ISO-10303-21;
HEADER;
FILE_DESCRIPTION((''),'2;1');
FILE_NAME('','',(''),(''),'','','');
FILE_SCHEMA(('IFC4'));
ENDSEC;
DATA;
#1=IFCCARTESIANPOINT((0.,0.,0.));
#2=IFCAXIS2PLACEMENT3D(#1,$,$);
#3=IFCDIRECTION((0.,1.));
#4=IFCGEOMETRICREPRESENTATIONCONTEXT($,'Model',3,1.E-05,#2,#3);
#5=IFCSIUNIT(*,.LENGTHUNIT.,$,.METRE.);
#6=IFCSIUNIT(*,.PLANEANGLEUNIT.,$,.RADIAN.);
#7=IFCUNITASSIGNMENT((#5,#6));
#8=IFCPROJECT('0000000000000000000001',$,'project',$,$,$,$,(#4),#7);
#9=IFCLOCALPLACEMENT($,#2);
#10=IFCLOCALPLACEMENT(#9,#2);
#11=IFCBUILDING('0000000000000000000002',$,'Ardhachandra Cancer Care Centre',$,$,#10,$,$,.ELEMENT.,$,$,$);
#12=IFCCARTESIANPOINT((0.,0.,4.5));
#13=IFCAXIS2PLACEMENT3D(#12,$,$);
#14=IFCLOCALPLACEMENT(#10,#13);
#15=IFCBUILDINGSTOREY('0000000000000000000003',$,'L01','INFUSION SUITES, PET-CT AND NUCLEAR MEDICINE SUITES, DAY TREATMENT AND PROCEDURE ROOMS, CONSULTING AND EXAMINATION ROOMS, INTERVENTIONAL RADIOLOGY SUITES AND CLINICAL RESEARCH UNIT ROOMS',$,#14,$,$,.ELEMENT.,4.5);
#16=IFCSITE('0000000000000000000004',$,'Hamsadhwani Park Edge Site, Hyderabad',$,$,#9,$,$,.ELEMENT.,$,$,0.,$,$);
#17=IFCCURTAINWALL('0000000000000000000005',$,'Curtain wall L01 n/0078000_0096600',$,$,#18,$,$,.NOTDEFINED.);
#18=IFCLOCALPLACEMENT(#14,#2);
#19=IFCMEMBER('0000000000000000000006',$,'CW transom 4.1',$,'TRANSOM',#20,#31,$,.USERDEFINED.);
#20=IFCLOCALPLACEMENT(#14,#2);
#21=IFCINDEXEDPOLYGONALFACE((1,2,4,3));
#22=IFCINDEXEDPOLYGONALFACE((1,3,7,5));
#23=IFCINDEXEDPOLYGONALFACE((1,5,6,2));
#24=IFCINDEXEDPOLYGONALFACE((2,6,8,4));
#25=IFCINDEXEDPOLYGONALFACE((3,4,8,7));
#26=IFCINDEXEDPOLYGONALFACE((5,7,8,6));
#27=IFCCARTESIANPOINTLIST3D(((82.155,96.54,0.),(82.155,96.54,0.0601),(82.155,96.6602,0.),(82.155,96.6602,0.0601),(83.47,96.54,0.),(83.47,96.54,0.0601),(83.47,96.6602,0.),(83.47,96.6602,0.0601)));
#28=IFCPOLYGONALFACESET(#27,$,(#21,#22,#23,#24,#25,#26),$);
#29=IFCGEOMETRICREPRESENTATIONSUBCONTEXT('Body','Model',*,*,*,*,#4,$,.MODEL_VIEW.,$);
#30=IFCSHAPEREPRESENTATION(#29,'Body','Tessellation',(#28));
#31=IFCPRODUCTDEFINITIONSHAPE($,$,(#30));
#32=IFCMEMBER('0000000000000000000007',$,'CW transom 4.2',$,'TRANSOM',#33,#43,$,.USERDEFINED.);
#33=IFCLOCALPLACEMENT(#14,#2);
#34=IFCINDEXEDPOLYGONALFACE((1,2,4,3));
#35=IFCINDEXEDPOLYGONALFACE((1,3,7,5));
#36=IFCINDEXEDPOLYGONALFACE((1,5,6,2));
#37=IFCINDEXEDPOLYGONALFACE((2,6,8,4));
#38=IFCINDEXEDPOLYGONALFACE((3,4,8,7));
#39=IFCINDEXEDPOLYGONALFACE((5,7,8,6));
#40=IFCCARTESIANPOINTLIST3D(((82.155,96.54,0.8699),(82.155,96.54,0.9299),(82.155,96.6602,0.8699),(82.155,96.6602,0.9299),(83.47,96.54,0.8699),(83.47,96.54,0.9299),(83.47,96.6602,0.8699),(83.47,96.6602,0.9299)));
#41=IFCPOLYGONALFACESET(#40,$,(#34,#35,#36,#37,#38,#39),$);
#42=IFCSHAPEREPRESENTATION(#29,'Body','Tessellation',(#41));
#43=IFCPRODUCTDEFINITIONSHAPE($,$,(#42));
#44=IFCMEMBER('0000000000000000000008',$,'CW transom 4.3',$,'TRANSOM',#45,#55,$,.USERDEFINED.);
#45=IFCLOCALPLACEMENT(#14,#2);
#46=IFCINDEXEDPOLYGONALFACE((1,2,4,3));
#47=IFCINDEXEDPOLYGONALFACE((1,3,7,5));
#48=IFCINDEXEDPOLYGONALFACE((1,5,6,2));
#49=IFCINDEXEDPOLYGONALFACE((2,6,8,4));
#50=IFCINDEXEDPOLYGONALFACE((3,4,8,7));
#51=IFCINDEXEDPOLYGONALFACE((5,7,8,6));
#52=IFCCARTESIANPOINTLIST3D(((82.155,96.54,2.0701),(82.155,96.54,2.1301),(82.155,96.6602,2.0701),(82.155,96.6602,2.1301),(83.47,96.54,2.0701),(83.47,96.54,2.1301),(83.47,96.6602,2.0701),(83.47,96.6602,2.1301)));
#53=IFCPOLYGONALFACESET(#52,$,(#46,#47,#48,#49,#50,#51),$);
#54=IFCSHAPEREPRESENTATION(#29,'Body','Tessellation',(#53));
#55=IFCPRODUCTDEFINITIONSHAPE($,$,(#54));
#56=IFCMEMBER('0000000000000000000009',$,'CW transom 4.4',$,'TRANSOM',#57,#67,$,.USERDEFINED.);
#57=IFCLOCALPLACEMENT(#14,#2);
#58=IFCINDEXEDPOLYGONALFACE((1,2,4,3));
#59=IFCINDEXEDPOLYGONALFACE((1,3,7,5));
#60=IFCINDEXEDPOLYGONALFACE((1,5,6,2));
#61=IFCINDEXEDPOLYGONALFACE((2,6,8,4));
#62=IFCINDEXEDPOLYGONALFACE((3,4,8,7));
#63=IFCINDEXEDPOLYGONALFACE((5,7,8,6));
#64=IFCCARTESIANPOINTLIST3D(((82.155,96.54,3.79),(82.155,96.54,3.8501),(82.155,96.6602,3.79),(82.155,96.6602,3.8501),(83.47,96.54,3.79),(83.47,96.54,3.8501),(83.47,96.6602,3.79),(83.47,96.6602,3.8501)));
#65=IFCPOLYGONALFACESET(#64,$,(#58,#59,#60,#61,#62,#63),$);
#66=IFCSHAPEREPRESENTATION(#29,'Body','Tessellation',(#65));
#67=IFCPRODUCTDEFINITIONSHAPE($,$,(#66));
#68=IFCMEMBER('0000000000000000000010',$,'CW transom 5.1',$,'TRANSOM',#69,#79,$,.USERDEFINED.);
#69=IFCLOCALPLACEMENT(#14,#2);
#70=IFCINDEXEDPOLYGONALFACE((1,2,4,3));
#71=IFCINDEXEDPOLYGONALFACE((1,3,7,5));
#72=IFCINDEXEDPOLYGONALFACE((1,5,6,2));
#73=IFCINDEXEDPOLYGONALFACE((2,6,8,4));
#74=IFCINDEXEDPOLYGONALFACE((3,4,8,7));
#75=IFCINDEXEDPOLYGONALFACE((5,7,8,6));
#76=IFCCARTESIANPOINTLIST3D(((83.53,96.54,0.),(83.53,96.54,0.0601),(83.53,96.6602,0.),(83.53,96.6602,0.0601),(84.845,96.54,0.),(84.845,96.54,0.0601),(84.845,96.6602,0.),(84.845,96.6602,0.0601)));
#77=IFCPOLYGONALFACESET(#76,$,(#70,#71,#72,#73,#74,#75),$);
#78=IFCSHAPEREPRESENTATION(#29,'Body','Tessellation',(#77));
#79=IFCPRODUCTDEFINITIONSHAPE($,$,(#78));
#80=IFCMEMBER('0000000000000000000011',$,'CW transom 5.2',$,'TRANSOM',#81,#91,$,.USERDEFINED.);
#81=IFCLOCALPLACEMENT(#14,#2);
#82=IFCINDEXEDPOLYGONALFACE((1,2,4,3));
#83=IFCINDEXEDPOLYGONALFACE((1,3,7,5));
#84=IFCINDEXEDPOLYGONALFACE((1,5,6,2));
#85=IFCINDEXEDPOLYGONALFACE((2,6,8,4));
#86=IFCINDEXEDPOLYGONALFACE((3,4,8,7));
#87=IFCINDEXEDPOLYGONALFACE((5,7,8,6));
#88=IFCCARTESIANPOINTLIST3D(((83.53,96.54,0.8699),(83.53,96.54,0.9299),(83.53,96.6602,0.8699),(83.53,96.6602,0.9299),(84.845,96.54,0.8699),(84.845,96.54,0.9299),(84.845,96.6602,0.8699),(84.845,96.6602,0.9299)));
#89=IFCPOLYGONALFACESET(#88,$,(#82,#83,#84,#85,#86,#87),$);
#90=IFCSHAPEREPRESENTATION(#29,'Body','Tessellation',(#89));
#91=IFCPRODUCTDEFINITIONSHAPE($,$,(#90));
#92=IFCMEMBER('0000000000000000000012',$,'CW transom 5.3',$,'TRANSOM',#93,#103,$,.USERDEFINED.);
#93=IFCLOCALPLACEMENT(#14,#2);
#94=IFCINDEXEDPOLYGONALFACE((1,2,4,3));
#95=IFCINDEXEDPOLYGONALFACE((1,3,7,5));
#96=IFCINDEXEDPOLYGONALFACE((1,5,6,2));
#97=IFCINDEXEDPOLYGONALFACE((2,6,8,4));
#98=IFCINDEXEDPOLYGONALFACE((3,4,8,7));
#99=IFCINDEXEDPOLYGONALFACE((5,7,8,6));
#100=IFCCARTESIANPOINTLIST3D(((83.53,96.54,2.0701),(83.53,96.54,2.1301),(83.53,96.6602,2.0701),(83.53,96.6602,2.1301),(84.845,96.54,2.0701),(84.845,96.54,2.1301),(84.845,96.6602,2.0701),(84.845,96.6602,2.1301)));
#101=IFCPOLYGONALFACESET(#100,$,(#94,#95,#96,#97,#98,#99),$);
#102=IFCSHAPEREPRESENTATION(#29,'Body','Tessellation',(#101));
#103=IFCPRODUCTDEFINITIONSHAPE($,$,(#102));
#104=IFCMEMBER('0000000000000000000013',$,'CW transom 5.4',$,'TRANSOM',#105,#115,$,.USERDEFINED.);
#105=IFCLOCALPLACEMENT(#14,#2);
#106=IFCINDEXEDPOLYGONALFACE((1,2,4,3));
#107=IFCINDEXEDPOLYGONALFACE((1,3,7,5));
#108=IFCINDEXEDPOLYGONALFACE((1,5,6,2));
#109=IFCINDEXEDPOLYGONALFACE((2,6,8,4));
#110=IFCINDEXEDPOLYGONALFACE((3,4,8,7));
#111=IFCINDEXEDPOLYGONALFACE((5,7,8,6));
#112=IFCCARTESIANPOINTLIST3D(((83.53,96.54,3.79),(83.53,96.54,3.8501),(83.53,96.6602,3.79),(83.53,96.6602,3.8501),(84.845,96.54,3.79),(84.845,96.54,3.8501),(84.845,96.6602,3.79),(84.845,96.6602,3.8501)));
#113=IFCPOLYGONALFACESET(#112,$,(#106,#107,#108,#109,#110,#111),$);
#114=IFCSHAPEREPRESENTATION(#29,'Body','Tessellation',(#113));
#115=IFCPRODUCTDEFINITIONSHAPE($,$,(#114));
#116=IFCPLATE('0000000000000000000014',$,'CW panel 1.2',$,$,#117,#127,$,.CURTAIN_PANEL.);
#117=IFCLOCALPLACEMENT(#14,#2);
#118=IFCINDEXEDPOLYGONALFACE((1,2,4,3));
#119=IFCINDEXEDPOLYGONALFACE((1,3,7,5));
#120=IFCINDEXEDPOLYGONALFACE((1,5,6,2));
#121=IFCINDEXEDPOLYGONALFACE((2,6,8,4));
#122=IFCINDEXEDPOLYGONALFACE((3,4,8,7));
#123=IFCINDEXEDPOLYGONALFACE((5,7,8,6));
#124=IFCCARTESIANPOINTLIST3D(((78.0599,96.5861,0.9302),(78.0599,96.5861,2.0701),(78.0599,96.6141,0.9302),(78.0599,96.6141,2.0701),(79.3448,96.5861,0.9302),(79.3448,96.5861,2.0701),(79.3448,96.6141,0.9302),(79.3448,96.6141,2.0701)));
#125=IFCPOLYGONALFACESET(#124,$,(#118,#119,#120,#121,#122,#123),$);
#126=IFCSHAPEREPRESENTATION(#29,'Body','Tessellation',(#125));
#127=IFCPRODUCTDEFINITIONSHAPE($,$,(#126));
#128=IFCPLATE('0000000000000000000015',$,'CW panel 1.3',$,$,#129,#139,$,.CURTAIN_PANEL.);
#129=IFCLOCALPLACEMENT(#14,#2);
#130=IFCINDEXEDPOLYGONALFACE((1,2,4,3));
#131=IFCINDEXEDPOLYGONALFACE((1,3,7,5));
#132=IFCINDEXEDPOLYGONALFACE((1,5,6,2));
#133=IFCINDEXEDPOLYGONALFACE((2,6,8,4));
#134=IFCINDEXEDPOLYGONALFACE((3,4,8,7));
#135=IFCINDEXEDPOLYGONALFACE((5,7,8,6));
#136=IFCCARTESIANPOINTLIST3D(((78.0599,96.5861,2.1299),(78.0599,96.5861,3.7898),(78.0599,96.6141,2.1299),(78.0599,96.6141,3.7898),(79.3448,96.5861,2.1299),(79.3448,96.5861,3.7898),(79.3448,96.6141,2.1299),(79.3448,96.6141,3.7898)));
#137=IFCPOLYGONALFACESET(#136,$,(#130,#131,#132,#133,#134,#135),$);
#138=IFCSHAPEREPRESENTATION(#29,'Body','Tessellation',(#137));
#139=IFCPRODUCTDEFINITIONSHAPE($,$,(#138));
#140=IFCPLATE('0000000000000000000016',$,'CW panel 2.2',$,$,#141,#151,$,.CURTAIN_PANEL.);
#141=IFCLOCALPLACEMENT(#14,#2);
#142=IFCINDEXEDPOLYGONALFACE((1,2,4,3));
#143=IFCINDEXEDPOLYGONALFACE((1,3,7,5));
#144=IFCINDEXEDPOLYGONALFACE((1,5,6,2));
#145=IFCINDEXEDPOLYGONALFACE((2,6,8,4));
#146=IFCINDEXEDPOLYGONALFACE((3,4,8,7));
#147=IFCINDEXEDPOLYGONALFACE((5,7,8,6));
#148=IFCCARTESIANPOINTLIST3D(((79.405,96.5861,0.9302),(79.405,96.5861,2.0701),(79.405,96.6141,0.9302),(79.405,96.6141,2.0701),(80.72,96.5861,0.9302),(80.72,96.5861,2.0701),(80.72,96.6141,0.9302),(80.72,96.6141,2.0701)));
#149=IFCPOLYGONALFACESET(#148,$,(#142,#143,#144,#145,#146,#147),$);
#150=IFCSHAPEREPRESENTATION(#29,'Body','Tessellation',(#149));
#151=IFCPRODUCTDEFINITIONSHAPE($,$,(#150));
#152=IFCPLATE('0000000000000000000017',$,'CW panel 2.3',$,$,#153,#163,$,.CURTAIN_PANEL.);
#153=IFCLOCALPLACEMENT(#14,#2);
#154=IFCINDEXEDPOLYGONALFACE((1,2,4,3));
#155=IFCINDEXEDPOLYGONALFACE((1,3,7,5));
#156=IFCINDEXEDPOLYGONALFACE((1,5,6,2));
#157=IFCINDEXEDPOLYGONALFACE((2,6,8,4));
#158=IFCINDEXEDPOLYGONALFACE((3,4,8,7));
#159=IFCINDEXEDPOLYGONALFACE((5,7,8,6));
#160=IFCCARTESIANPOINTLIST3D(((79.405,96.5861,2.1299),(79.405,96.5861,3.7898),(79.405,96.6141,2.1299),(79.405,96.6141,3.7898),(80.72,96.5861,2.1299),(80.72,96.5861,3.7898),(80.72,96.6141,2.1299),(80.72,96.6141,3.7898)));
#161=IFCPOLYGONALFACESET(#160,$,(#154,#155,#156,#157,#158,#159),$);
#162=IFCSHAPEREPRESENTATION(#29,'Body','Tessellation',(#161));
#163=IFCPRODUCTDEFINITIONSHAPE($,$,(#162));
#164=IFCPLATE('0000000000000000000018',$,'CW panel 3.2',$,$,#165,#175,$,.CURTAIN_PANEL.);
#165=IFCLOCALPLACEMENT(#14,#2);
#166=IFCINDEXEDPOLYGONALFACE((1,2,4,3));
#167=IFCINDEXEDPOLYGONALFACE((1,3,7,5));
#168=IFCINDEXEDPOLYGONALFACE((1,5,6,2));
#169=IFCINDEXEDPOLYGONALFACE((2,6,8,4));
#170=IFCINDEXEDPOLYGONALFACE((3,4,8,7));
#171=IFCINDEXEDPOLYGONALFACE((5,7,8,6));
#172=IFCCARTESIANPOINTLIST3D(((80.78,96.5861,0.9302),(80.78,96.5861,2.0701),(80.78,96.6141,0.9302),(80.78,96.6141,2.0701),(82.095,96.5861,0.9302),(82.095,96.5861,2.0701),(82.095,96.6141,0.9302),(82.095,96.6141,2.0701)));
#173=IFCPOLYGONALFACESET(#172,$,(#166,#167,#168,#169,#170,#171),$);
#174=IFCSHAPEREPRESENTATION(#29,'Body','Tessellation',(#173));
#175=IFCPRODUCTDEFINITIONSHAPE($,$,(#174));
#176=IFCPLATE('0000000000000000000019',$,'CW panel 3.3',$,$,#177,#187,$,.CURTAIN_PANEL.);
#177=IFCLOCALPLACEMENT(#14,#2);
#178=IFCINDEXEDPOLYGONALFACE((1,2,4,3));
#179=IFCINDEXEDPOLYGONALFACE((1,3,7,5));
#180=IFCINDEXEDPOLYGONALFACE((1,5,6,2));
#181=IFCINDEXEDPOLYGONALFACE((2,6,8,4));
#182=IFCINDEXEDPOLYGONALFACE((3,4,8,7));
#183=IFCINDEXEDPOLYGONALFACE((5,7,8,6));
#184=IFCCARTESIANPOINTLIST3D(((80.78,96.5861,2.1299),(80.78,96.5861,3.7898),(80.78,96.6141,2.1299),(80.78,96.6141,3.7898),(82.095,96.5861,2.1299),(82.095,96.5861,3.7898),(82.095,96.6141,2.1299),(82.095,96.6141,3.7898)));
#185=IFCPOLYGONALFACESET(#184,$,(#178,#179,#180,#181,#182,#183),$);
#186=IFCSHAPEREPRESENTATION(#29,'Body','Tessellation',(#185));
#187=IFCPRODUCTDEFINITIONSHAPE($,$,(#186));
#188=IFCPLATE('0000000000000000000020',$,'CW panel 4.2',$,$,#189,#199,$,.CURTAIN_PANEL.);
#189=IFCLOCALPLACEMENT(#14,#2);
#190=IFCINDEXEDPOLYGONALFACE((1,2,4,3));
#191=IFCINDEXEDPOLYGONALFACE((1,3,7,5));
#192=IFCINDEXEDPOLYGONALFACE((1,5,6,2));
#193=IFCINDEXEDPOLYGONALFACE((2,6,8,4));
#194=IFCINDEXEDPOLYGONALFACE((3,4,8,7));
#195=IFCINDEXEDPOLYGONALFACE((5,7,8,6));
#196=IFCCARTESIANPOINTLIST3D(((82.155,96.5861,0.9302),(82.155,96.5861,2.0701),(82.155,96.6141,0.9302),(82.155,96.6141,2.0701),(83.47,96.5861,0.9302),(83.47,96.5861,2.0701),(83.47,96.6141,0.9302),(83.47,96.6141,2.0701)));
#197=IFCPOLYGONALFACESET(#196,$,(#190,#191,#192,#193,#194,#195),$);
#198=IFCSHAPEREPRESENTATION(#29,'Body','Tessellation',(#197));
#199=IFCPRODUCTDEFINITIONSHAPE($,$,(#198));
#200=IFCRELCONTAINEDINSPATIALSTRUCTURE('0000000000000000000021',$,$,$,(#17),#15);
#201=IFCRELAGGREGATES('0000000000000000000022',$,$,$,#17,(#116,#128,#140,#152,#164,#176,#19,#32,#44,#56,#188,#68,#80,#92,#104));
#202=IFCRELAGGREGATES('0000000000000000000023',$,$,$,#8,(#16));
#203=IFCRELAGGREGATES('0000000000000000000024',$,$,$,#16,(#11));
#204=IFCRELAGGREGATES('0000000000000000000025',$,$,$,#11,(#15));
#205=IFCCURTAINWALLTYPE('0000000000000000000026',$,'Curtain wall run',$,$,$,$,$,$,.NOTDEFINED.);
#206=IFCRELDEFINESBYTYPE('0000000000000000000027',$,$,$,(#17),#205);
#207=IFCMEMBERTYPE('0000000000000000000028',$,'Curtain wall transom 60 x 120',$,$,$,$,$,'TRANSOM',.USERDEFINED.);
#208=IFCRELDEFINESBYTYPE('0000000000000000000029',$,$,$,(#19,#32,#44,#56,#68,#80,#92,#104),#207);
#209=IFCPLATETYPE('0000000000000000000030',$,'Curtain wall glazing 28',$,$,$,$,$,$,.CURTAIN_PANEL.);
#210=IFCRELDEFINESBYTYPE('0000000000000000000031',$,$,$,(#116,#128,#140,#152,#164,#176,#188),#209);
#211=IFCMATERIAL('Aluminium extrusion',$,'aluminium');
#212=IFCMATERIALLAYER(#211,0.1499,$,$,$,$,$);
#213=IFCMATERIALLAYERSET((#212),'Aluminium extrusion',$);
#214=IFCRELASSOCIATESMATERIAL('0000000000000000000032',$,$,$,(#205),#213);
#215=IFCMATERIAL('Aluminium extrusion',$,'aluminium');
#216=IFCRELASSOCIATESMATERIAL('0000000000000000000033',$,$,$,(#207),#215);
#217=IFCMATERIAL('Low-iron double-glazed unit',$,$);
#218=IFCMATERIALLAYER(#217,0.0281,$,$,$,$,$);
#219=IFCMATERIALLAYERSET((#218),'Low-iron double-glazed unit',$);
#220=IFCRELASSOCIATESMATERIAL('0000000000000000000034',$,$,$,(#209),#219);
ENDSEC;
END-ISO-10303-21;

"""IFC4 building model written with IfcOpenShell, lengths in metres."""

from ifc_helpers import new_model, si_unit, direction, frame, origin, origin_2d, place, context, subcontext, project, spatial, rectangle, extrude, material, layer, layer_set, material_profile, profile_set, type_object, element, aggregate, save


model = new_model("IFC4")

# Units and contexts
model_context = context("Model", 3, precision=1e-05, world=origin(), true_north=direction((0.0, 1.0)))
body_context = subcontext(model_context, "Body", "Model", "MODEL_VIEW")
ifc_project = project(units=[si_unit("LENGTHUNIT", "METRE"), si_unit("PLANEANGLEUNIT", "RADIAN")], contexts=[model_context])

# Site, building, storey
site_placement = place(None, origin())
site = spatial("IfcSite", under=ifc_project, at=site_placement, Name="Hamsadhwani Park Edge Site, Hyderabad", CompositionType="ELEMENT", RefElevation=0.0)
building_placement = place(site_placement, origin())
building = spatial("IfcBuilding", under=site, at=building_placement, Name="Ardhachandra Cancer Care Centre", CompositionType="ELEMENT")
storey_placement = place(building_placement, frame((0.0, 0.0, 4.5)))
storey = spatial("IfcBuildingStorey", under=building, at=storey_placement, Name="L01", Description="INFUSION SUITES, PET-CT AND NUCLEAR MEDICINE SUITES, DAY TREATMENT AND PROCEDURE ROOMS, CONSULTING AND EXAMINATION ROOMS, INTERVENTIONAL RADIOLOGY SUITES AND CLINICAL RESEARCH UNIT ROOMS", CompositionType="ELEMENT", Elevation=4.5)

# Curtain wall, members, plates
ifc_material_1 = material(Name="Aluminium extrusion", Category="aluminium")
ifc_layer_1 = layer(ifc_material_1, 0.1499)
ifc_layer_set_1 = layer_set([ifc_layer_1], Name="Aluminium extrusion")
curtain_wall_type = type_object("IfcCurtainWallType", Name="Curtain wall run", PredefinedType="NOTDEFINED", material=ifc_layer_set_1)
curtain_wall_placement = place(storey_placement, origin())
curtain_wall = element("IfcCurtainWall", 1, at=curtain_wall_placement, inside=storey, type_object=curtain_wall_type, Name="Curtain wall L01 n/0078000_0096600", PredefinedType="NOTDEFINED")
ifc_material_2 = material(Name="Aluminium extrusion", Category="aluminium")
ifc_material_profile_1 = material_profile(ifc_material_2, rectangle(XDim=0.1201, YDim=0.0601, at=origin_2d()), Name="Curtain wall transom 60 x 120")
ifc_profile_set_1 = profile_set([ifc_material_profile_1], Name="Aluminium extrusion")
member_type_1 = type_object("IfcMemberType", Name="Curtain wall transom 60 x 120", ElementType="TRANSOM", PredefinedType="USERDEFINED", material=ifc_profile_set_1)
member_1_placement = place(storey_placement, frame((82.155, 96.6001, 0.03), z_axis=(1.0, 0.0, 0.0), x_axis=(0.0, 1.0, 0.0)))
member_1 = element("IfcMember", 2, at=member_1_placement, type_object=member_type_1, Name="CW transom 4.1", ObjectType="TRANSOM", PredefinedType="USERDEFINED", context=body_context, shape_type="SweptSolid", body=[
    extrude(rectangle(XDim=0.1201, YDim=0.0601, at=origin_2d()), origin(), (0.0, 0.0, 1.0), 1.3149),
])
member_2_placement = place(storey_placement, frame((82.155, 96.6001, 0.8999), z_axis=(1.0, 0.0, 0.0), x_axis=(0.0, 1.0, 0.0)))
member_2 = element("IfcMember", 3, at=member_2_placement, type_object=member_type_1, Name="CW transom 4.2", ObjectType="TRANSOM", PredefinedType="USERDEFINED", context=body_context, shape_type="SweptSolid", body=[
    extrude(rectangle(XDim=0.1201, YDim=0.0601, at=origin_2d()), origin(), (0.0, 0.0, 1.0), 1.3149),
])
member_3_placement = place(storey_placement, frame((82.155, 96.6001, 2.1001), z_axis=(1.0, 0.0, 0.0), x_axis=(0.0, 1.0, 0.0)))
member_3 = element("IfcMember", 4, at=member_3_placement, type_object=member_type_1, Name="CW transom 4.3", ObjectType="TRANSOM", PredefinedType="USERDEFINED", context=body_context, shape_type="SweptSolid", body=[
    extrude(rectangle(XDim=0.1201, YDim=0.0601, at=origin_2d()), origin(), (0.0, 0.0, 1.0), 1.3149),
])
member_4_placement = place(storey_placement, frame((82.155, 96.6001, 3.8201), z_axis=(1.0, 0.0, 0.0), x_axis=(0.0, 1.0, 0.0)))
member_4 = element("IfcMember", 5, at=member_4_placement, type_object=member_type_1, Name="CW transom 4.4", ObjectType="TRANSOM", PredefinedType="USERDEFINED", context=body_context, shape_type="SweptSolid", body=[
    extrude(rectangle(XDim=0.1201, YDim=0.0601, at=origin_2d()), origin(), (0.0, 0.0, 1.0), 1.3149),
])
member_5_placement = place(storey_placement, frame((83.53, 96.6001, 0.03), z_axis=(1.0, 0.0, 0.0), x_axis=(0.0, 1.0, 0.0)))
member_5 = element("IfcMember", 6, at=member_5_placement, type_object=member_type_1, Name="CW transom 5.1", ObjectType="TRANSOM", PredefinedType="USERDEFINED", context=body_context, shape_type="SweptSolid", body=[
    extrude(rectangle(XDim=0.1201, YDim=0.0601, at=origin_2d()), origin(), (0.0, 0.0, 1.0), 1.3149),
])
member_6_placement = place(storey_placement, frame((83.53, 96.6001, 0.8999), z_axis=(1.0, 0.0, 0.0), x_axis=(0.0, 1.0, 0.0)))
member_6 = element("IfcMember", 7, at=member_6_placement, type_object=member_type_1, Name="CW transom 5.2", ObjectType="TRANSOM", PredefinedType="USERDEFINED", context=body_context, shape_type="SweptSolid", body=[
    extrude(rectangle(XDim=0.1201, YDim=0.0601, at=origin_2d()), origin(), (0.0, 0.0, 1.0), 1.3149),
])
member_7_placement = place(storey_placement, frame((83.53, 96.6001, 2.1001), z_axis=(1.0, 0.0, 0.0), x_axis=(0.0, 1.0, 0.0)))
member_7 = element("IfcMember", 8, at=member_7_placement, type_object=member_type_1, Name="CW transom 5.3", ObjectType="TRANSOM", PredefinedType="USERDEFINED", context=body_context, shape_type="SweptSolid", body=[
    extrude(rectangle(XDim=0.1201, YDim=0.0601, at=origin_2d()), origin(), (0.0, 0.0, 1.0), 1.3149),
])
member_8_placement = place(storey_placement, frame((83.53, 96.6001, 3.8201), z_axis=(1.0, 0.0, 0.0), x_axis=(0.0, 1.0, 0.0)))
member_8 = element("IfcMember", 9, at=member_8_placement, type_object=member_type_1, Name="CW transom 5.4", ObjectType="TRANSOM", PredefinedType="USERDEFINED", context=body_context, shape_type="SweptSolid", body=[
    extrude(rectangle(XDim=0.1201, YDim=0.0601, at=origin_2d()), origin(), (0.0, 0.0, 1.0), 1.3149),
])
ifc_material_3 = material(Name="Low-iron double-glazed unit")
ifc_layer_2 = layer(ifc_material_3, 0.0281)
ifc_layer_set_2 = layer_set([ifc_layer_2], Name="Low-iron double-glazed unit")
plate_type_1 = type_object("IfcPlateType", Name="Curtain wall glazing 28", PredefinedType="CURTAIN_PANEL", material=ifc_layer_set_2)
plate_1_placement = place(storey_placement, frame((78.7024, 96.6001, 0.9302), z_axis=(0.0, 0.0, 1.0), x_axis=(1.0, 0.0, 0.0)))
plate_1 = element("IfcPlate", 10, at=plate_1_placement, type_object=plate_type_1, Name="CW panel 1.2", PredefinedType="CURTAIN_PANEL", context=body_context, shape_type="SweptSolid", body=[
    extrude(rectangle(XDim=1.2849, YDim=0.0281, at=origin_2d()), origin(), (0.0, 0.0, 1.0), 1.1399),
])
plate_2_placement = place(storey_placement, frame((78.7024, 96.6001, 2.1299), z_axis=(0.0, 0.0, 1.0), x_axis=(1.0, 0.0, 0.0)))
plate_2 = element("IfcPlate", 11, at=plate_2_placement, type_object=plate_type_1, Name="CW panel 1.3", PredefinedType="CURTAIN_PANEL", context=body_context, shape_type="SweptSolid", body=[
    extrude(rectangle(XDim=1.2849, YDim=0.0281, at=origin_2d()), origin(), (0.0, 0.0, 1.0), 1.6599),
])
plate_3_placement = place(storey_placement, frame((80.0625, 96.6001, 0.9302), z_axis=(0.0, 0.0, 1.0), x_axis=(1.0, 0.0, 0.0)))
plate_3 = element("IfcPlate", 12, at=plate_3_placement, type_object=plate_type_1, Name="CW panel 2.2", PredefinedType="CURTAIN_PANEL", context=body_context, shape_type="SweptSolid", body=[
    extrude(rectangle(XDim=1.3149, YDim=0.0281, at=origin_2d()), origin(), (0.0, 0.0, 1.0), 1.1399),
])
plate_4_placement = place(storey_placement, frame((80.0625, 96.6001, 2.1299), z_axis=(0.0, 0.0, 1.0), x_axis=(1.0, 0.0, 0.0)))
plate_4 = element("IfcPlate", 13, at=plate_4_placement, type_object=plate_type_1, Name="CW panel 2.3", PredefinedType="CURTAIN_PANEL", context=body_context, shape_type="SweptSolid", body=[
    extrude(rectangle(XDim=1.3149, YDim=0.0281, at=origin_2d()), origin(), (0.0, 0.0, 1.0), 1.6599),
])
plate_5_placement = place(storey_placement, frame((81.4375, 96.6001, 0.9302), z_axis=(0.0, 0.0, 1.0), x_axis=(1.0, 0.0, 0.0)))
plate_5 = element("IfcPlate", 14, at=plate_5_placement, type_object=plate_type_1, Name="CW panel 3.2", PredefinedType="CURTAIN_PANEL", context=body_context, shape_type="SweptSolid", body=[
    extrude(rectangle(XDim=1.3149, YDim=0.0281, at=origin_2d()), origin(), (0.0, 0.0, 1.0), 1.1399),
])
plate_6_placement = place(storey_placement, frame((81.4375, 96.6001, 2.1299), z_axis=(0.0, 0.0, 1.0), x_axis=(1.0, 0.0, 0.0)))
plate_6 = element("IfcPlate", 15, at=plate_6_placement, type_object=plate_type_1, Name="CW panel 3.3", PredefinedType="CURTAIN_PANEL", context=body_context, shape_type="SweptSolid", body=[
    extrude(rectangle(XDim=1.3149, YDim=0.0281, at=origin_2d()), origin(), (0.0, 0.0, 1.0), 1.6599),
])
plate_7_placement = place(storey_placement, frame((82.8125, 96.6001, 0.9302), z_axis=(0.0, 0.0, 1.0), x_axis=(1.0, 0.0, 0.0)))
plate_7 = element("IfcPlate", 16, at=plate_7_placement, type_object=plate_type_1, Name="CW panel 4.2", PredefinedType="CURTAIN_PANEL", context=body_context, shape_type="SweptSolid", body=[
    extrude(rectangle(XDim=1.3149, YDim=0.0281, at=origin_2d()), origin(), (0.0, 0.0, 1.0), 1.1399),
])
aggregate(curtain_wall, [plate_1, plate_2, plate_3, plate_4, plate_5, plate_6, member_1, member_2, member_3, member_4, plate_7, member_5, member_6, member_7, member_8])

save(model, "model.ifc")
